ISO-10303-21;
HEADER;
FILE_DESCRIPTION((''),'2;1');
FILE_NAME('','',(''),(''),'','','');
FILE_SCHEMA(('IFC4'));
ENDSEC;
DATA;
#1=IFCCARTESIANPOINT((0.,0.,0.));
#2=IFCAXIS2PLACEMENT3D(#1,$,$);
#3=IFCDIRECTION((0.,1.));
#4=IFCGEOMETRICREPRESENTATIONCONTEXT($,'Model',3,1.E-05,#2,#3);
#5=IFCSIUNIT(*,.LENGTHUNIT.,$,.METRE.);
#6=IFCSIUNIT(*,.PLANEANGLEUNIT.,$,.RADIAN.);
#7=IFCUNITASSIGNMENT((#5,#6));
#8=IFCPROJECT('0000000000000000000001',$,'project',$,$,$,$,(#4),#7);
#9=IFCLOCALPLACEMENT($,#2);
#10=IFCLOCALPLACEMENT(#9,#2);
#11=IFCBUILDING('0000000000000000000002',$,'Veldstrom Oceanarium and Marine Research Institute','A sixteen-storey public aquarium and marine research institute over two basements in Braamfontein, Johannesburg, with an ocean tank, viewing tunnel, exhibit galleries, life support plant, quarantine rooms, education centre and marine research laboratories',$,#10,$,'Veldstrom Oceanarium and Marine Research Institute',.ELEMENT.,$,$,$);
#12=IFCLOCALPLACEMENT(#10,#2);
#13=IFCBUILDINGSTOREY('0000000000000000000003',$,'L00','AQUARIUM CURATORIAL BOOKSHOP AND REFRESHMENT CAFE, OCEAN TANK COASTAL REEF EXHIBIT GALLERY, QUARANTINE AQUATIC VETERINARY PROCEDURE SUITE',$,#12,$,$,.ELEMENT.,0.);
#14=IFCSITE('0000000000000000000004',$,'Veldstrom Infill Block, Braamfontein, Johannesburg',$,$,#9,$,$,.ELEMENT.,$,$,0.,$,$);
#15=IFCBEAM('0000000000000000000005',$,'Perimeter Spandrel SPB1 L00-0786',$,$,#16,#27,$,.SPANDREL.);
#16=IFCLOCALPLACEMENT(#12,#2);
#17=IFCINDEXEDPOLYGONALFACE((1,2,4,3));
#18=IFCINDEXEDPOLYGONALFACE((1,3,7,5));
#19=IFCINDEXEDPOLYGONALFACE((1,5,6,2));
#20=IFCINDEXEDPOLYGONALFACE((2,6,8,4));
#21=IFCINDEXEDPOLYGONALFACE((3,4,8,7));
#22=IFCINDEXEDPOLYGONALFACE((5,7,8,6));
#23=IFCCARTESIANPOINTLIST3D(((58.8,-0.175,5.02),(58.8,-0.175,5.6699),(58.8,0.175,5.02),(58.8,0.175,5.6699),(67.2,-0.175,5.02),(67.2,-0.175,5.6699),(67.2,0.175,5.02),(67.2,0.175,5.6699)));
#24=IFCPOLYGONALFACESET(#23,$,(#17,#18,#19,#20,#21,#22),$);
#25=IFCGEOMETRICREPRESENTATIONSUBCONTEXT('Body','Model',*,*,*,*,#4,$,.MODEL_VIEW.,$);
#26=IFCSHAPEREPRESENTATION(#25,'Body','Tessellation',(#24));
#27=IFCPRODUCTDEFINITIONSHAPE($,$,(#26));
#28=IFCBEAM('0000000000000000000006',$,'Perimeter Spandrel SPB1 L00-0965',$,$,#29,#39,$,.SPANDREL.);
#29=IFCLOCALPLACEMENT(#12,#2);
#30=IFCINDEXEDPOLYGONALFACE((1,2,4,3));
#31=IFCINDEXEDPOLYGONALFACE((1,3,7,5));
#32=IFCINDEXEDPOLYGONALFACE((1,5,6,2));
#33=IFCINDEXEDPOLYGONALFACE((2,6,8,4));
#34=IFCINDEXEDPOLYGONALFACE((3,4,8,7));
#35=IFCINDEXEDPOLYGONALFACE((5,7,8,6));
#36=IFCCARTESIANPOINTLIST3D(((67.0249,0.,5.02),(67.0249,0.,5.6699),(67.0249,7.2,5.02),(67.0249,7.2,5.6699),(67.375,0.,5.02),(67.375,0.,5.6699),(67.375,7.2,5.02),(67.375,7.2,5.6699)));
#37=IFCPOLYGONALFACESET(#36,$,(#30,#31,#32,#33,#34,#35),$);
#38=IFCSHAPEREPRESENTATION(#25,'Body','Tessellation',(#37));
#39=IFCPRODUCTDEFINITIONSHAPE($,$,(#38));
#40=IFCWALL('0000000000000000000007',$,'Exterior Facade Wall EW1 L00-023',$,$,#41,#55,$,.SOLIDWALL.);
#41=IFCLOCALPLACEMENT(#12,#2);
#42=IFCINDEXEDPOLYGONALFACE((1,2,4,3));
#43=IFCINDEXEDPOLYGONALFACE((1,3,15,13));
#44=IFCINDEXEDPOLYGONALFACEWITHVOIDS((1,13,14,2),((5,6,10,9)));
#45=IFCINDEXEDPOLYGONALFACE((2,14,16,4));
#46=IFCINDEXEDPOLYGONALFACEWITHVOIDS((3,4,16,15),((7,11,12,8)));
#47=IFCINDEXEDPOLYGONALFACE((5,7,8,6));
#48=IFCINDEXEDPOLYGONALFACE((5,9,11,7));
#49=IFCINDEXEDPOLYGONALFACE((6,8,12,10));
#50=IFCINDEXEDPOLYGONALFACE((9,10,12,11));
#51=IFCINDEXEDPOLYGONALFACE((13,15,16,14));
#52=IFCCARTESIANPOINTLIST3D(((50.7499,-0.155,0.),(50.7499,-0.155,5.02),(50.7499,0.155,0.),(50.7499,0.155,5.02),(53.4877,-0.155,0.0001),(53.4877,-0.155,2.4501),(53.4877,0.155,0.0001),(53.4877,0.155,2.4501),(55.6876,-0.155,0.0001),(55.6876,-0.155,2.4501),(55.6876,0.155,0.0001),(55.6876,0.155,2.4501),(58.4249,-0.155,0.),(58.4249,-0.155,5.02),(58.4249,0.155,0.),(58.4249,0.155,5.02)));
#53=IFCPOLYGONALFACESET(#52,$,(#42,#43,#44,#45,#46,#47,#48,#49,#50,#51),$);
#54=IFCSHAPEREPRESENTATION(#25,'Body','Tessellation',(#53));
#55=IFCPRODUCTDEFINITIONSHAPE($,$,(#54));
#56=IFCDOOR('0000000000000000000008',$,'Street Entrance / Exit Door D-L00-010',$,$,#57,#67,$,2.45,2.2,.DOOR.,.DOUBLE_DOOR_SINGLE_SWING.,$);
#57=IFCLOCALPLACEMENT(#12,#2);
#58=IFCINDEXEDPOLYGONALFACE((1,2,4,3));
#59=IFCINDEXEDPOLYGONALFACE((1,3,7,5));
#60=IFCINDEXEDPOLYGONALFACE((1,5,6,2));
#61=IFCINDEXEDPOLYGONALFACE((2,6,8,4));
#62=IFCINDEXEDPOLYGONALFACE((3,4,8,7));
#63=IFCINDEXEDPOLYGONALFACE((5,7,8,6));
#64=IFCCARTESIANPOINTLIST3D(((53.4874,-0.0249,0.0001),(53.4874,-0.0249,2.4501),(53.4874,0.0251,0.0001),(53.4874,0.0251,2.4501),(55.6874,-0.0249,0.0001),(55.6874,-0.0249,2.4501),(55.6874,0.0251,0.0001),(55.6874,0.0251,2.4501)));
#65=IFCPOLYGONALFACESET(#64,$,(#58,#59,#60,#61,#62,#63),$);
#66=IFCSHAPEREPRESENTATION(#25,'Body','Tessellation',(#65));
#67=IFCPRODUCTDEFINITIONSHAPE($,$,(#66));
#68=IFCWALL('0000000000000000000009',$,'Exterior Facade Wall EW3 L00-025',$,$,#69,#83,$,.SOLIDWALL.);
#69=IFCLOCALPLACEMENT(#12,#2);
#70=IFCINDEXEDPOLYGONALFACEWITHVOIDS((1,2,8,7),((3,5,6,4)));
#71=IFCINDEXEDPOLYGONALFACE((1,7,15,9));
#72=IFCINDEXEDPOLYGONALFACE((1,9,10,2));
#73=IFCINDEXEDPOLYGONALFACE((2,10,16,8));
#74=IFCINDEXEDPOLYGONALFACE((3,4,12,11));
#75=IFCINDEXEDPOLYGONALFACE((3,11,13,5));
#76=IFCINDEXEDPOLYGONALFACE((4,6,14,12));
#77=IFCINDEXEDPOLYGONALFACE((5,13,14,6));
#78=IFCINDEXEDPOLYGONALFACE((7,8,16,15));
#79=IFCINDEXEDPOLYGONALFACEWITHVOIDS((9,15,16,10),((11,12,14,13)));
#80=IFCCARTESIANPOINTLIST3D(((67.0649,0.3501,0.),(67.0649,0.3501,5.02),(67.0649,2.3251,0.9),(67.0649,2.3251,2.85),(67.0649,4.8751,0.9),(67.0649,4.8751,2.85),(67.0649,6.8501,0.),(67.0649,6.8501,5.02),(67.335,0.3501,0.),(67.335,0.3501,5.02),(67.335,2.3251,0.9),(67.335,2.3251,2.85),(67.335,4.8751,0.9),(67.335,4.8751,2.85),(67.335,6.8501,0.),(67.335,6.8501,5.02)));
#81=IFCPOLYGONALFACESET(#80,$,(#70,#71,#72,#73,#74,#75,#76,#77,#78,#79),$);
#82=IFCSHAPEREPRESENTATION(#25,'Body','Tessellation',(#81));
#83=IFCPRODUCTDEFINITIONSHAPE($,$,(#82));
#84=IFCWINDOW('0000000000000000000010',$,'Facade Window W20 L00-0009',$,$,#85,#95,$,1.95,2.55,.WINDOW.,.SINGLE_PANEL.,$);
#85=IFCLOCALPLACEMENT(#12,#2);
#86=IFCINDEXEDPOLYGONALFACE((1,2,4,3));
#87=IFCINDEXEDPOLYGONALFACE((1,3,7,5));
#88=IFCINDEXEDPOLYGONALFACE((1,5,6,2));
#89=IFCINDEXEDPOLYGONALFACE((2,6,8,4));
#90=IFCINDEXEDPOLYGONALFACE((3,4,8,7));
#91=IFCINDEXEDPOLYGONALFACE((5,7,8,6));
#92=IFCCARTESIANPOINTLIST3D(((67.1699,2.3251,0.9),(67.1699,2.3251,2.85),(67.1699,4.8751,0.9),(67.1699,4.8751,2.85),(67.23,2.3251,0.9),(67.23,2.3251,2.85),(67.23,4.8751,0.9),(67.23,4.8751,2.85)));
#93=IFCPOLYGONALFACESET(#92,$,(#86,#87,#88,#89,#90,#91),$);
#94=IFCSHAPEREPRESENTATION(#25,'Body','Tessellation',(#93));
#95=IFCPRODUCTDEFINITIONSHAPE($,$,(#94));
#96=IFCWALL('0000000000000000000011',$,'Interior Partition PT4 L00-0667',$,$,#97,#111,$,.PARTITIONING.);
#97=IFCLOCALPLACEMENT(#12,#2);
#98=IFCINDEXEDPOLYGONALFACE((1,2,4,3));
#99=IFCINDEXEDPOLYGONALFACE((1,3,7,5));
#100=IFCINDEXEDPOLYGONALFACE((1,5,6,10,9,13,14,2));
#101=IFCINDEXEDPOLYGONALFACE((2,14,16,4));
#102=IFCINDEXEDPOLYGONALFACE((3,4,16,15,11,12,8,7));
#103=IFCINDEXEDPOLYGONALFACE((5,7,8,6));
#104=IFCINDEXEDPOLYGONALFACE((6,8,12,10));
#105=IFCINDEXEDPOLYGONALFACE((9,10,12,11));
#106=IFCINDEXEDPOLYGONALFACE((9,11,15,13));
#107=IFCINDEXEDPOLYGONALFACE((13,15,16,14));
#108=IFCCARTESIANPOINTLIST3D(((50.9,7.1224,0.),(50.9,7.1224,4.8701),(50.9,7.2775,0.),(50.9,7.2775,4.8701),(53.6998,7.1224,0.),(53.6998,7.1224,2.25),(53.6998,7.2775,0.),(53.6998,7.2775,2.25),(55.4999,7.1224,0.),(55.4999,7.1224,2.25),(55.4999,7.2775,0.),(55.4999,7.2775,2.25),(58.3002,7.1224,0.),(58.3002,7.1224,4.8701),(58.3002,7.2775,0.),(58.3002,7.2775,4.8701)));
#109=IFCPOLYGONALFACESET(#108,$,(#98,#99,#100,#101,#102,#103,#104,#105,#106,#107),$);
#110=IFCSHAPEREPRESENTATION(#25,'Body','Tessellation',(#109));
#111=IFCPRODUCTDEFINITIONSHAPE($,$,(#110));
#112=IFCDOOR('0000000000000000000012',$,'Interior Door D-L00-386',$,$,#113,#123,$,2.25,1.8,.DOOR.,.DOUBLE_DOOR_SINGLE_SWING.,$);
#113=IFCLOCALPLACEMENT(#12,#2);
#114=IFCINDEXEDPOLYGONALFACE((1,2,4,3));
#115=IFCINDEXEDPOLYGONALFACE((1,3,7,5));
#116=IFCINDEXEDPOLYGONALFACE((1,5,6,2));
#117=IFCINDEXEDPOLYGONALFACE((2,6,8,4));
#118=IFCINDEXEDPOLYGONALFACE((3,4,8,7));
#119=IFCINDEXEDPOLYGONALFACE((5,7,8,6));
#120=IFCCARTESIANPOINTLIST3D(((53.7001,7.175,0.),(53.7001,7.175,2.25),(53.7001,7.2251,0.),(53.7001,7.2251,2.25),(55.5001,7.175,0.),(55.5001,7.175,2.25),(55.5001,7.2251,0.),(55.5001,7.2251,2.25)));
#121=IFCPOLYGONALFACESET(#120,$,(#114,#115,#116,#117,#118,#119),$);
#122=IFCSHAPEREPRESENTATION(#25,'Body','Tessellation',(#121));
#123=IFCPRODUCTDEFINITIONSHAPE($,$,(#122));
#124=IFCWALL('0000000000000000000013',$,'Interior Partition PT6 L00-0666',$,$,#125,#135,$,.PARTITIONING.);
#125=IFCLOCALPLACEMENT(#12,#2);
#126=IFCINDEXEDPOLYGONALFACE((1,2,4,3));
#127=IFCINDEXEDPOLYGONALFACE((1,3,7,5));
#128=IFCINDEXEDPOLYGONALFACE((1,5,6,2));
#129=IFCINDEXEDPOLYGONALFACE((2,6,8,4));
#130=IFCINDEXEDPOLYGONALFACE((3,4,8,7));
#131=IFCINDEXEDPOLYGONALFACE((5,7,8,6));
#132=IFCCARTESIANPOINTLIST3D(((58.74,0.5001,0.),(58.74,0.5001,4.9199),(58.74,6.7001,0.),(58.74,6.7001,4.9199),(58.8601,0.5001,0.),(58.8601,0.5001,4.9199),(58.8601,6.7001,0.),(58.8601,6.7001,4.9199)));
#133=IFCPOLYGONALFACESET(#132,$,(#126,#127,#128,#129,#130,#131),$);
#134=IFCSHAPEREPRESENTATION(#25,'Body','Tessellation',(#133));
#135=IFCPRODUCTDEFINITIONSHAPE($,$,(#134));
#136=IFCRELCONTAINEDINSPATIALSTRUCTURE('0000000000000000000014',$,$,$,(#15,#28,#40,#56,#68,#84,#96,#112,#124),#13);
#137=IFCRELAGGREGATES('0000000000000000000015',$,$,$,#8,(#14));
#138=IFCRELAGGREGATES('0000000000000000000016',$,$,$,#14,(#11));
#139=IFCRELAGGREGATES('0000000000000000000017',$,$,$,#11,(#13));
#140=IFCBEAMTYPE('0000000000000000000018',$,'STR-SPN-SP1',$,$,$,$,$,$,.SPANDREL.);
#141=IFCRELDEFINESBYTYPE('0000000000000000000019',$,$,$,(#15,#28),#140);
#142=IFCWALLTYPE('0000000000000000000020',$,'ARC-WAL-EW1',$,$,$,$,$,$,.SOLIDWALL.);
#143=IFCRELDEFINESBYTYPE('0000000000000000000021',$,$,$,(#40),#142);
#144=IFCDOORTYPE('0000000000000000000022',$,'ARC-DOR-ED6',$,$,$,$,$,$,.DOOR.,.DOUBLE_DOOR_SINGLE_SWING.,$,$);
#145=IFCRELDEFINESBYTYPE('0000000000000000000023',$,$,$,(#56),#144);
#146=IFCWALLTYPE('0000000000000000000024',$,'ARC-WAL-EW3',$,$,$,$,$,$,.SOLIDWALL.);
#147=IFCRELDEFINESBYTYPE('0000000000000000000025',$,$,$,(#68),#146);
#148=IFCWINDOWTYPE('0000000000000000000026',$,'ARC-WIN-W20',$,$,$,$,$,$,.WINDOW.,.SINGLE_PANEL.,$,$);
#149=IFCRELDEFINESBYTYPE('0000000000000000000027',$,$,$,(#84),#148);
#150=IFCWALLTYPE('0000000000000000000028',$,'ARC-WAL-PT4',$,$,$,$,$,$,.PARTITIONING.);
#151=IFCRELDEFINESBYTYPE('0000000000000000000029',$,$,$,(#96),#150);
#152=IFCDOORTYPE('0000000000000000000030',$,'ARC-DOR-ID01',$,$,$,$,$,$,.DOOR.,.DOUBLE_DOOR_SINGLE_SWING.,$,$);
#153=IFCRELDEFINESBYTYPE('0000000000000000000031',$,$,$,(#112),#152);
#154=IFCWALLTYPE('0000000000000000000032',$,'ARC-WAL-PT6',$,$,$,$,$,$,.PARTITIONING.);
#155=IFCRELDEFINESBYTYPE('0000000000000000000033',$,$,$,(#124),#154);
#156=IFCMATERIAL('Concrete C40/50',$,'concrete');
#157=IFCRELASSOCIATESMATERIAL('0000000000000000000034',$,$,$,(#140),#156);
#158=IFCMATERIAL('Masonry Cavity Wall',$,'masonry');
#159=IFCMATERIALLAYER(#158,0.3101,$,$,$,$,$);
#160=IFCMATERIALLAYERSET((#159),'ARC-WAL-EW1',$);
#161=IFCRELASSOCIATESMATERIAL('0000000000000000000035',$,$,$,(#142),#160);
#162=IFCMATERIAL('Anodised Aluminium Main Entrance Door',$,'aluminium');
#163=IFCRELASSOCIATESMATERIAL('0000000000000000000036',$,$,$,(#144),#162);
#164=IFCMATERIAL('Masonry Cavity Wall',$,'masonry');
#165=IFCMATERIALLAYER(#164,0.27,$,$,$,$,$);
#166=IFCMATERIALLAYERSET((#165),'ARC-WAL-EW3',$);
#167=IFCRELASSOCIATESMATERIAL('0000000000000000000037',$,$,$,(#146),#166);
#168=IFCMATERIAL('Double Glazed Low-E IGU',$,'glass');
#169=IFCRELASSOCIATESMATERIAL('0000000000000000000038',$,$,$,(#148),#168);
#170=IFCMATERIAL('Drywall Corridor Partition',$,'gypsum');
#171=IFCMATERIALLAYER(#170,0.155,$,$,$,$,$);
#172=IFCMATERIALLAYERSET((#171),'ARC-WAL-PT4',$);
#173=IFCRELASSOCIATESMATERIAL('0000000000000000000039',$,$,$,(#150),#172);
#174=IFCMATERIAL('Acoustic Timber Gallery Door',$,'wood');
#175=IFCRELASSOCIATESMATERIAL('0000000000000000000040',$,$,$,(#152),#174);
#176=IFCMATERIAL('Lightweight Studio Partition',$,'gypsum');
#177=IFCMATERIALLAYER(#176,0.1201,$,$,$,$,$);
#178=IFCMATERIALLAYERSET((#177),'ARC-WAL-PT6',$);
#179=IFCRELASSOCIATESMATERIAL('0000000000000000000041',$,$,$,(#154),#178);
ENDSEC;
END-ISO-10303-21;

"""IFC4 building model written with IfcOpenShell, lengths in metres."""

from ifc_helpers import new_model, si_unit, direction, frame, frame_2d, origin, origin_2d, place, context, subcontext, project, spatial, rectangle, extrude, material, layer, layer_set, material_profile, profile_set, type_object, element, fill, save


model = new_model("IFC4")

# Units and contexts
model_context = context("Model", 3, precision=1e-05, world=origin(), true_north=direction((0.0, 1.0)))
body_context = subcontext(model_context, "Body", "Model", "MODEL_VIEW")
ifc_project = project(units=[si_unit("LENGTHUNIT", "METRE"), si_unit("PLANEANGLEUNIT", "RADIAN")], contexts=[model_context])

# Site, building, storey
site_placement = place(None, origin())
site = spatial("IfcSite", under=ifc_project, at=site_placement, Name="Veldstrom Infill Block, Braamfontein, Johannesburg", CompositionType="ELEMENT", RefElevation=0.0)
building_placement = place(site_placement, origin())
building = spatial("IfcBuilding", under=site, at=building_placement, Name="Veldstrom Oceanarium and Marine Research Institute", Description="A sixteen-storey public aquarium and marine research institute over two basements in Braamfontein, Johannesburg, with an ocean tank, viewing tunnel, exhibit galleries, life support plant, quarantine rooms, education centre and marine research laboratories", LongName="Veldstrom Oceanarium and Marine Research Institute", CompositionType="ELEMENT")
storey_placement = place(building_placement, origin())
storey = spatial("IfcBuildingStorey", under=building, at=storey_placement, Name="L00", Description="AQUARIUM CURATORIAL BOOKSHOP AND REFRESHMENT CAFE, OCEAN TANK COASTAL REEF EXHIBIT GALLERY, QUARANTINE AQUATIC VETERINARY PROCEDURE SUITE", CompositionType="ELEMENT", Elevation=0.0)

# Beams
ifc_material_1 = material(Name="Concrete C40/50", Category="concrete")
ifc_material_profile_1 = material_profile(ifc_material_1, rectangle(XDim=0.3501, YDim=0.6499, at=origin_2d()), Name="RC-SPN-350x650")
ifc_profile_set_1 = profile_set([ifc_material_profile_1], Name="Concrete C40/50")
beam_type_1 = type_object("IfcBeamType", Name="STR-SPN-SP1", PredefinedType="SPANDREL", material=ifc_profile_set_1)
beam_1_placement = place(storey_placement, frame((58.8, 0.0, 5.345), z_axis=(1.0, 0.0, 0.0), x_axis=(0.0, 1.0, 0.0)))
element("IfcBeam", 1, at=beam_1_placement, inside=storey, type_object=beam_type_1, Name="Perimeter Spandrel SPB1 L00-0786", PredefinedType="SPANDREL", context=body_context, shape_type="SweptSolid", body=[
    extrude(rectangle(XDim=0.3501, YDim=0.6499, at=origin_2d()), origin(), (0.0, 0.0, 1.0), 8.3999),
])
beam_2_placement = place(storey_placement, frame((67.2, 0.0, 5.345), z_axis=(0.0, 1.0, 0.0), x_axis=(-1.0, 0.0, 0.0)))
element("IfcBeam", 2, at=beam_2_placement, inside=storey, type_object=beam_type_1, Name="Perimeter Spandrel SPB1 L00-0965", PredefinedType="SPANDREL", context=body_context, shape_type="SweptSolid", body=[
    extrude(rectangle(XDim=0.3501, YDim=0.6499, at=origin_2d()), origin(), (0.0, 0.0, 1.0), 7.2),
])

# Wall, opening, door
ifc_material_2 = material(Name="Masonry Cavity Wall", Category="masonry")
ifc_layer_1 = layer(ifc_material_2, 0.3101)
ifc_layer_set_1 = layer_set([ifc_layer_1], Name="ARC-WAL-EW1")
wall_type_1 = type_object("IfcWallType", Name="ARC-WAL-EW1", PredefinedType="SOLIDWALL", material=ifc_layer_set_1)
wall_1_placement = place(storey_placement, frame((50.75, 0.0, 0.0), z_axis=(0.0, 0.0, 1.0), x_axis=(1.0, 0.0, 0.0)))
wall_1 = element("IfcWall", 3, at=wall_1_placement, inside=storey, type_object=wall_type_1, Name="Exterior Facade Wall EW1 L00-023", PredefinedType="SOLIDWALL", context=body_context, shape_type="SweptSolid", body=[
    extrude(rectangle(XDim=7.675, YDim=0.3101, at=frame_2d((3.8374, 0.0))), origin(), (0.0, 0.0, 1.0), 5.02),
])
opening_1_placement = place(wall_1_placement, frame((2.7375, 0.0, 0.0)))
opening_1 = element("IfcOpeningElement", 4, at=opening_1_placement, cuts=wall_1, PredefinedType="OPENING", context=body_context, shape_type="SweptSolid", body=[
    extrude(rectangle(XDim=2.2, YDim=2.45, at=frame_2d((1.1001, 1.2251))), frame((0.0, 0.165, 0.0), z_axis=(0.0, -1.0, 0.0), x_axis=(1.0, 0.0, 0.0)), (0.0, 0.0, 1.0), 0.3301),
])
ifc_material_3 = material(Name="Anodised Aluminium Main Entrance Door", Category="aluminium")
door_type_1 = type_object("IfcDoorType", Name="ARC-DOR-ED6", OperationType="DOUBLE_DOOR_SINGLE_SWING", PredefinedType="DOOR", material=ifc_material_3)
door_1_placement = place(opening_1_placement, frame((2.2, 0.0, 0.0), z_axis=(0.0, 0.0, 1.0), x_axis=(-1.0, 0.0, 0.0)))
door_1 = element("IfcDoor", 5, at=door_1_placement, inside=storey, type_object=door_type_1, Name="Street Entrance / Exit Door D-L00-010", OperationType="DOUBLE_DOOR_SINGLE_SWING", OverallHeight=2.45, OverallWidth=2.2, PredefinedType="DOOR", context=body_context, shape_type="SweptSolid", body=[
    extrude(rectangle(XDim=2.2, YDim=2.45, at=frame_2d((1.1001, 1.2251))), frame((0.0, 0.0249, 0.0), z_axis=(0.0, -1.0, 0.0), x_axis=(1.0, 0.0, 0.0)), (0.0, 0.0, 1.0), 0.05),
])
fill(opening_1, door_1)

# Wall, opening, window
ifc_material_4 = material(Name="Masonry Cavity Wall", Category="masonry")
ifc_layer_2 = layer(ifc_material_4, 0.27)
ifc_layer_set_2 = layer_set([ifc_layer_2], Name="ARC-WAL-EW3")
wall_type_2 = type_object("IfcWallType", Name="ARC-WAL-EW3", PredefinedType="SOLIDWALL", material=ifc_layer_set_2)
wall_2_placement = place(storey_placement, frame((67.2, 0.3501, 0.0), z_axis=(0.0, 0.0, 1.0), x_axis=(0.0, 1.0, 0.0)))
wall_2 = element("IfcWall", 6, at=wall_2_placement, inside=storey, type_object=wall_type_2, Name="Exterior Facade Wall EW3 L00-025", PredefinedType="SOLIDWALL", context=body_context, shape_type="SweptSolid", body=[
    extrude(rectangle(XDim=6.5, YDim=0.27, at=frame_2d((3.25, 0.0))), origin(), (0.0, 0.0, 1.0), 5.02),
])
opening_2_placement = place(wall_2_placement, frame((1.9751, 0.0, 0.8999)))
opening_2 = element("IfcOpeningElement", 7, at=opening_2_placement, cuts=wall_2, PredefinedType="OPENING", context=body_context, shape_type="SweptSolid", body=[
    extrude(rectangle(XDim=2.55, YDim=1.95, at=frame_2d((1.2749, 0.9751))), frame((0.0, 0.145, 0.0), z_axis=(0.0, -1.0, 0.0), x_axis=(1.0, 0.0, 0.0)), (0.0, 0.0, 1.0), 0.29),
])
ifc_material_5 = material(Name="Double Glazed Low-E IGU", Category="glass")
window_type = type_object("IfcWindowType", Name="ARC-WIN-W20", PartitioningType="SINGLE_PANEL", PredefinedType="WINDOW", material=ifc_material_5)
window_placement = place(opening_2_placement, origin())
window = element("IfcWindow", 8, at=window_placement, inside=storey, type_object=window_type, Name="Facade Window W20 L00-0009", OverallHeight=1.95, OverallWidth=2.55, PartitioningType="SINGLE_PANEL", PredefinedType="WINDOW", context=body_context, shape_type="SweptSolid", body=[
    extrude(rectangle(XDim=2.55, YDim=1.95, at=frame_2d((1.2749, 0.9751))), frame((0.0, 0.03, 0.0), z_axis=(0.0, -1.0, 0.0), x_axis=(1.0, 0.0, 0.0)), (0.0, 0.0, 1.0), 0.0601),
])
fill(opening_2, window)

# Wall, opening, door
ifc_material_6 = material(Name="Drywall Corridor Partition", Category="gypsum")
ifc_layer_3 = layer(ifc_material_6, 0.155)
ifc_layer_set_3 = layer_set([ifc_layer_3], Name="ARC-WAL-PT4")
wall_type_3 = type_object("IfcWallType", Name="ARC-WAL-PT4", PredefinedType="PARTITIONING", material=ifc_layer_set_3)
wall_3_placement = place(storey_placement, frame((50.8999, 7.2, 0.0), z_axis=(0.0, 0.0, 1.0), x_axis=(1.0, 0.0, 0.0)))
wall_3 = element("IfcWall", 9, at=wall_3_placement, inside=storey, type_object=wall_type_3, Name="Interior Partition PT4 L00-0667", PredefinedType="PARTITIONING", context=body_context, shape_type="SweptSolid", body=[
    extrude(rectangle(XDim=7.4001, YDim=0.155, at=frame_2d((3.7002, 0.0))), origin(), (0.0, 0.0, 1.0), 4.8701),
])
opening_3_placement = place(wall_3_placement, frame((2.8, 0.0, 0.0)))
opening_3 = element("IfcOpeningElement", 10, at=opening_3_placement, cuts=wall_3, PredefinedType="OPENING", context=body_context, shape_type="SweptSolid", body=[
    extrude(rectangle(XDim=1.8, YDim=2.25, at=frame_2d((0.8999, 1.125))), frame((0.0, 0.0874, 0.0), z_axis=(0.0, -1.0, 0.0), x_axis=(1.0, 0.0, 0.0)), (0.0, 0.0, 1.0), 0.175),
])
ifc_material_7 = material(Name="Acoustic Timber Gallery Door", Category="wood")
door_type_2 = type_object("IfcDoorType", Name="ARC-DOR-ID01", OperationType="DOUBLE_DOOR_SINGLE_SWING", PredefinedType="DOOR", material=ifc_material_7)
door_2_placement = place(opening_3_placement, frame((1.8, 0.0, 0.0), z_axis=(0.0, 0.0, 1.0), x_axis=(-1.0, 0.0, 0.0)))
door_2 = element("IfcDoor", 11, at=door_2_placement, inside=storey, type_object=door_type_2, Name="Interior Door D-L00-386", OperationType="DOUBLE_DOOR_SINGLE_SWING", OverallHeight=2.25, OverallWidth=1.8, PredefinedType="DOOR", context=body_context, shape_type="SweptSolid", body=[
    extrude(rectangle(XDim=1.8, YDim=2.25, at=frame_2d((0.8999, 1.125))), frame((0.0, 0.0249, 0.0), z_axis=(0.0, -1.0, 0.0), x_axis=(1.0, 0.0, 0.0)), (0.0, 0.0, 1.0), 0.05),
])
fill(opening_3, door_2)

# Wall
ifc_material_8 = material(Name="Lightweight Studio Partition", Category="gypsum")
ifc_layer_4 = layer(ifc_material_8, 0.1201)
ifc_layer_set_4 = layer_set([ifc_layer_4], Name="ARC-WAL-PT6")
wall_type_4 = type_object("IfcWallType", Name="ARC-WAL-PT6", PredefinedType="PARTITIONING", material=ifc_layer_set_4)
wall_4_placement = place(storey_placement, frame((58.8, 0.5, 0.0), z_axis=(0.0, 0.0, 1.0), x_axis=(0.0, 1.0, 0.0)))
element("IfcWall", 12, at=wall_4_placement, inside=storey, type_object=wall_type_4, Name="Interior Partition PT6 L00-0666", PredefinedType="PARTITIONING", context=body_context, shape_type="SweptSolid", body=[
    extrude(rectangle(XDim=6.2, YDim=0.1201, at=frame_2d((3.1001, 0.0))), origin(), (0.0, 0.0, 1.0), 4.9199),
])

save(model, "model.ifc")
